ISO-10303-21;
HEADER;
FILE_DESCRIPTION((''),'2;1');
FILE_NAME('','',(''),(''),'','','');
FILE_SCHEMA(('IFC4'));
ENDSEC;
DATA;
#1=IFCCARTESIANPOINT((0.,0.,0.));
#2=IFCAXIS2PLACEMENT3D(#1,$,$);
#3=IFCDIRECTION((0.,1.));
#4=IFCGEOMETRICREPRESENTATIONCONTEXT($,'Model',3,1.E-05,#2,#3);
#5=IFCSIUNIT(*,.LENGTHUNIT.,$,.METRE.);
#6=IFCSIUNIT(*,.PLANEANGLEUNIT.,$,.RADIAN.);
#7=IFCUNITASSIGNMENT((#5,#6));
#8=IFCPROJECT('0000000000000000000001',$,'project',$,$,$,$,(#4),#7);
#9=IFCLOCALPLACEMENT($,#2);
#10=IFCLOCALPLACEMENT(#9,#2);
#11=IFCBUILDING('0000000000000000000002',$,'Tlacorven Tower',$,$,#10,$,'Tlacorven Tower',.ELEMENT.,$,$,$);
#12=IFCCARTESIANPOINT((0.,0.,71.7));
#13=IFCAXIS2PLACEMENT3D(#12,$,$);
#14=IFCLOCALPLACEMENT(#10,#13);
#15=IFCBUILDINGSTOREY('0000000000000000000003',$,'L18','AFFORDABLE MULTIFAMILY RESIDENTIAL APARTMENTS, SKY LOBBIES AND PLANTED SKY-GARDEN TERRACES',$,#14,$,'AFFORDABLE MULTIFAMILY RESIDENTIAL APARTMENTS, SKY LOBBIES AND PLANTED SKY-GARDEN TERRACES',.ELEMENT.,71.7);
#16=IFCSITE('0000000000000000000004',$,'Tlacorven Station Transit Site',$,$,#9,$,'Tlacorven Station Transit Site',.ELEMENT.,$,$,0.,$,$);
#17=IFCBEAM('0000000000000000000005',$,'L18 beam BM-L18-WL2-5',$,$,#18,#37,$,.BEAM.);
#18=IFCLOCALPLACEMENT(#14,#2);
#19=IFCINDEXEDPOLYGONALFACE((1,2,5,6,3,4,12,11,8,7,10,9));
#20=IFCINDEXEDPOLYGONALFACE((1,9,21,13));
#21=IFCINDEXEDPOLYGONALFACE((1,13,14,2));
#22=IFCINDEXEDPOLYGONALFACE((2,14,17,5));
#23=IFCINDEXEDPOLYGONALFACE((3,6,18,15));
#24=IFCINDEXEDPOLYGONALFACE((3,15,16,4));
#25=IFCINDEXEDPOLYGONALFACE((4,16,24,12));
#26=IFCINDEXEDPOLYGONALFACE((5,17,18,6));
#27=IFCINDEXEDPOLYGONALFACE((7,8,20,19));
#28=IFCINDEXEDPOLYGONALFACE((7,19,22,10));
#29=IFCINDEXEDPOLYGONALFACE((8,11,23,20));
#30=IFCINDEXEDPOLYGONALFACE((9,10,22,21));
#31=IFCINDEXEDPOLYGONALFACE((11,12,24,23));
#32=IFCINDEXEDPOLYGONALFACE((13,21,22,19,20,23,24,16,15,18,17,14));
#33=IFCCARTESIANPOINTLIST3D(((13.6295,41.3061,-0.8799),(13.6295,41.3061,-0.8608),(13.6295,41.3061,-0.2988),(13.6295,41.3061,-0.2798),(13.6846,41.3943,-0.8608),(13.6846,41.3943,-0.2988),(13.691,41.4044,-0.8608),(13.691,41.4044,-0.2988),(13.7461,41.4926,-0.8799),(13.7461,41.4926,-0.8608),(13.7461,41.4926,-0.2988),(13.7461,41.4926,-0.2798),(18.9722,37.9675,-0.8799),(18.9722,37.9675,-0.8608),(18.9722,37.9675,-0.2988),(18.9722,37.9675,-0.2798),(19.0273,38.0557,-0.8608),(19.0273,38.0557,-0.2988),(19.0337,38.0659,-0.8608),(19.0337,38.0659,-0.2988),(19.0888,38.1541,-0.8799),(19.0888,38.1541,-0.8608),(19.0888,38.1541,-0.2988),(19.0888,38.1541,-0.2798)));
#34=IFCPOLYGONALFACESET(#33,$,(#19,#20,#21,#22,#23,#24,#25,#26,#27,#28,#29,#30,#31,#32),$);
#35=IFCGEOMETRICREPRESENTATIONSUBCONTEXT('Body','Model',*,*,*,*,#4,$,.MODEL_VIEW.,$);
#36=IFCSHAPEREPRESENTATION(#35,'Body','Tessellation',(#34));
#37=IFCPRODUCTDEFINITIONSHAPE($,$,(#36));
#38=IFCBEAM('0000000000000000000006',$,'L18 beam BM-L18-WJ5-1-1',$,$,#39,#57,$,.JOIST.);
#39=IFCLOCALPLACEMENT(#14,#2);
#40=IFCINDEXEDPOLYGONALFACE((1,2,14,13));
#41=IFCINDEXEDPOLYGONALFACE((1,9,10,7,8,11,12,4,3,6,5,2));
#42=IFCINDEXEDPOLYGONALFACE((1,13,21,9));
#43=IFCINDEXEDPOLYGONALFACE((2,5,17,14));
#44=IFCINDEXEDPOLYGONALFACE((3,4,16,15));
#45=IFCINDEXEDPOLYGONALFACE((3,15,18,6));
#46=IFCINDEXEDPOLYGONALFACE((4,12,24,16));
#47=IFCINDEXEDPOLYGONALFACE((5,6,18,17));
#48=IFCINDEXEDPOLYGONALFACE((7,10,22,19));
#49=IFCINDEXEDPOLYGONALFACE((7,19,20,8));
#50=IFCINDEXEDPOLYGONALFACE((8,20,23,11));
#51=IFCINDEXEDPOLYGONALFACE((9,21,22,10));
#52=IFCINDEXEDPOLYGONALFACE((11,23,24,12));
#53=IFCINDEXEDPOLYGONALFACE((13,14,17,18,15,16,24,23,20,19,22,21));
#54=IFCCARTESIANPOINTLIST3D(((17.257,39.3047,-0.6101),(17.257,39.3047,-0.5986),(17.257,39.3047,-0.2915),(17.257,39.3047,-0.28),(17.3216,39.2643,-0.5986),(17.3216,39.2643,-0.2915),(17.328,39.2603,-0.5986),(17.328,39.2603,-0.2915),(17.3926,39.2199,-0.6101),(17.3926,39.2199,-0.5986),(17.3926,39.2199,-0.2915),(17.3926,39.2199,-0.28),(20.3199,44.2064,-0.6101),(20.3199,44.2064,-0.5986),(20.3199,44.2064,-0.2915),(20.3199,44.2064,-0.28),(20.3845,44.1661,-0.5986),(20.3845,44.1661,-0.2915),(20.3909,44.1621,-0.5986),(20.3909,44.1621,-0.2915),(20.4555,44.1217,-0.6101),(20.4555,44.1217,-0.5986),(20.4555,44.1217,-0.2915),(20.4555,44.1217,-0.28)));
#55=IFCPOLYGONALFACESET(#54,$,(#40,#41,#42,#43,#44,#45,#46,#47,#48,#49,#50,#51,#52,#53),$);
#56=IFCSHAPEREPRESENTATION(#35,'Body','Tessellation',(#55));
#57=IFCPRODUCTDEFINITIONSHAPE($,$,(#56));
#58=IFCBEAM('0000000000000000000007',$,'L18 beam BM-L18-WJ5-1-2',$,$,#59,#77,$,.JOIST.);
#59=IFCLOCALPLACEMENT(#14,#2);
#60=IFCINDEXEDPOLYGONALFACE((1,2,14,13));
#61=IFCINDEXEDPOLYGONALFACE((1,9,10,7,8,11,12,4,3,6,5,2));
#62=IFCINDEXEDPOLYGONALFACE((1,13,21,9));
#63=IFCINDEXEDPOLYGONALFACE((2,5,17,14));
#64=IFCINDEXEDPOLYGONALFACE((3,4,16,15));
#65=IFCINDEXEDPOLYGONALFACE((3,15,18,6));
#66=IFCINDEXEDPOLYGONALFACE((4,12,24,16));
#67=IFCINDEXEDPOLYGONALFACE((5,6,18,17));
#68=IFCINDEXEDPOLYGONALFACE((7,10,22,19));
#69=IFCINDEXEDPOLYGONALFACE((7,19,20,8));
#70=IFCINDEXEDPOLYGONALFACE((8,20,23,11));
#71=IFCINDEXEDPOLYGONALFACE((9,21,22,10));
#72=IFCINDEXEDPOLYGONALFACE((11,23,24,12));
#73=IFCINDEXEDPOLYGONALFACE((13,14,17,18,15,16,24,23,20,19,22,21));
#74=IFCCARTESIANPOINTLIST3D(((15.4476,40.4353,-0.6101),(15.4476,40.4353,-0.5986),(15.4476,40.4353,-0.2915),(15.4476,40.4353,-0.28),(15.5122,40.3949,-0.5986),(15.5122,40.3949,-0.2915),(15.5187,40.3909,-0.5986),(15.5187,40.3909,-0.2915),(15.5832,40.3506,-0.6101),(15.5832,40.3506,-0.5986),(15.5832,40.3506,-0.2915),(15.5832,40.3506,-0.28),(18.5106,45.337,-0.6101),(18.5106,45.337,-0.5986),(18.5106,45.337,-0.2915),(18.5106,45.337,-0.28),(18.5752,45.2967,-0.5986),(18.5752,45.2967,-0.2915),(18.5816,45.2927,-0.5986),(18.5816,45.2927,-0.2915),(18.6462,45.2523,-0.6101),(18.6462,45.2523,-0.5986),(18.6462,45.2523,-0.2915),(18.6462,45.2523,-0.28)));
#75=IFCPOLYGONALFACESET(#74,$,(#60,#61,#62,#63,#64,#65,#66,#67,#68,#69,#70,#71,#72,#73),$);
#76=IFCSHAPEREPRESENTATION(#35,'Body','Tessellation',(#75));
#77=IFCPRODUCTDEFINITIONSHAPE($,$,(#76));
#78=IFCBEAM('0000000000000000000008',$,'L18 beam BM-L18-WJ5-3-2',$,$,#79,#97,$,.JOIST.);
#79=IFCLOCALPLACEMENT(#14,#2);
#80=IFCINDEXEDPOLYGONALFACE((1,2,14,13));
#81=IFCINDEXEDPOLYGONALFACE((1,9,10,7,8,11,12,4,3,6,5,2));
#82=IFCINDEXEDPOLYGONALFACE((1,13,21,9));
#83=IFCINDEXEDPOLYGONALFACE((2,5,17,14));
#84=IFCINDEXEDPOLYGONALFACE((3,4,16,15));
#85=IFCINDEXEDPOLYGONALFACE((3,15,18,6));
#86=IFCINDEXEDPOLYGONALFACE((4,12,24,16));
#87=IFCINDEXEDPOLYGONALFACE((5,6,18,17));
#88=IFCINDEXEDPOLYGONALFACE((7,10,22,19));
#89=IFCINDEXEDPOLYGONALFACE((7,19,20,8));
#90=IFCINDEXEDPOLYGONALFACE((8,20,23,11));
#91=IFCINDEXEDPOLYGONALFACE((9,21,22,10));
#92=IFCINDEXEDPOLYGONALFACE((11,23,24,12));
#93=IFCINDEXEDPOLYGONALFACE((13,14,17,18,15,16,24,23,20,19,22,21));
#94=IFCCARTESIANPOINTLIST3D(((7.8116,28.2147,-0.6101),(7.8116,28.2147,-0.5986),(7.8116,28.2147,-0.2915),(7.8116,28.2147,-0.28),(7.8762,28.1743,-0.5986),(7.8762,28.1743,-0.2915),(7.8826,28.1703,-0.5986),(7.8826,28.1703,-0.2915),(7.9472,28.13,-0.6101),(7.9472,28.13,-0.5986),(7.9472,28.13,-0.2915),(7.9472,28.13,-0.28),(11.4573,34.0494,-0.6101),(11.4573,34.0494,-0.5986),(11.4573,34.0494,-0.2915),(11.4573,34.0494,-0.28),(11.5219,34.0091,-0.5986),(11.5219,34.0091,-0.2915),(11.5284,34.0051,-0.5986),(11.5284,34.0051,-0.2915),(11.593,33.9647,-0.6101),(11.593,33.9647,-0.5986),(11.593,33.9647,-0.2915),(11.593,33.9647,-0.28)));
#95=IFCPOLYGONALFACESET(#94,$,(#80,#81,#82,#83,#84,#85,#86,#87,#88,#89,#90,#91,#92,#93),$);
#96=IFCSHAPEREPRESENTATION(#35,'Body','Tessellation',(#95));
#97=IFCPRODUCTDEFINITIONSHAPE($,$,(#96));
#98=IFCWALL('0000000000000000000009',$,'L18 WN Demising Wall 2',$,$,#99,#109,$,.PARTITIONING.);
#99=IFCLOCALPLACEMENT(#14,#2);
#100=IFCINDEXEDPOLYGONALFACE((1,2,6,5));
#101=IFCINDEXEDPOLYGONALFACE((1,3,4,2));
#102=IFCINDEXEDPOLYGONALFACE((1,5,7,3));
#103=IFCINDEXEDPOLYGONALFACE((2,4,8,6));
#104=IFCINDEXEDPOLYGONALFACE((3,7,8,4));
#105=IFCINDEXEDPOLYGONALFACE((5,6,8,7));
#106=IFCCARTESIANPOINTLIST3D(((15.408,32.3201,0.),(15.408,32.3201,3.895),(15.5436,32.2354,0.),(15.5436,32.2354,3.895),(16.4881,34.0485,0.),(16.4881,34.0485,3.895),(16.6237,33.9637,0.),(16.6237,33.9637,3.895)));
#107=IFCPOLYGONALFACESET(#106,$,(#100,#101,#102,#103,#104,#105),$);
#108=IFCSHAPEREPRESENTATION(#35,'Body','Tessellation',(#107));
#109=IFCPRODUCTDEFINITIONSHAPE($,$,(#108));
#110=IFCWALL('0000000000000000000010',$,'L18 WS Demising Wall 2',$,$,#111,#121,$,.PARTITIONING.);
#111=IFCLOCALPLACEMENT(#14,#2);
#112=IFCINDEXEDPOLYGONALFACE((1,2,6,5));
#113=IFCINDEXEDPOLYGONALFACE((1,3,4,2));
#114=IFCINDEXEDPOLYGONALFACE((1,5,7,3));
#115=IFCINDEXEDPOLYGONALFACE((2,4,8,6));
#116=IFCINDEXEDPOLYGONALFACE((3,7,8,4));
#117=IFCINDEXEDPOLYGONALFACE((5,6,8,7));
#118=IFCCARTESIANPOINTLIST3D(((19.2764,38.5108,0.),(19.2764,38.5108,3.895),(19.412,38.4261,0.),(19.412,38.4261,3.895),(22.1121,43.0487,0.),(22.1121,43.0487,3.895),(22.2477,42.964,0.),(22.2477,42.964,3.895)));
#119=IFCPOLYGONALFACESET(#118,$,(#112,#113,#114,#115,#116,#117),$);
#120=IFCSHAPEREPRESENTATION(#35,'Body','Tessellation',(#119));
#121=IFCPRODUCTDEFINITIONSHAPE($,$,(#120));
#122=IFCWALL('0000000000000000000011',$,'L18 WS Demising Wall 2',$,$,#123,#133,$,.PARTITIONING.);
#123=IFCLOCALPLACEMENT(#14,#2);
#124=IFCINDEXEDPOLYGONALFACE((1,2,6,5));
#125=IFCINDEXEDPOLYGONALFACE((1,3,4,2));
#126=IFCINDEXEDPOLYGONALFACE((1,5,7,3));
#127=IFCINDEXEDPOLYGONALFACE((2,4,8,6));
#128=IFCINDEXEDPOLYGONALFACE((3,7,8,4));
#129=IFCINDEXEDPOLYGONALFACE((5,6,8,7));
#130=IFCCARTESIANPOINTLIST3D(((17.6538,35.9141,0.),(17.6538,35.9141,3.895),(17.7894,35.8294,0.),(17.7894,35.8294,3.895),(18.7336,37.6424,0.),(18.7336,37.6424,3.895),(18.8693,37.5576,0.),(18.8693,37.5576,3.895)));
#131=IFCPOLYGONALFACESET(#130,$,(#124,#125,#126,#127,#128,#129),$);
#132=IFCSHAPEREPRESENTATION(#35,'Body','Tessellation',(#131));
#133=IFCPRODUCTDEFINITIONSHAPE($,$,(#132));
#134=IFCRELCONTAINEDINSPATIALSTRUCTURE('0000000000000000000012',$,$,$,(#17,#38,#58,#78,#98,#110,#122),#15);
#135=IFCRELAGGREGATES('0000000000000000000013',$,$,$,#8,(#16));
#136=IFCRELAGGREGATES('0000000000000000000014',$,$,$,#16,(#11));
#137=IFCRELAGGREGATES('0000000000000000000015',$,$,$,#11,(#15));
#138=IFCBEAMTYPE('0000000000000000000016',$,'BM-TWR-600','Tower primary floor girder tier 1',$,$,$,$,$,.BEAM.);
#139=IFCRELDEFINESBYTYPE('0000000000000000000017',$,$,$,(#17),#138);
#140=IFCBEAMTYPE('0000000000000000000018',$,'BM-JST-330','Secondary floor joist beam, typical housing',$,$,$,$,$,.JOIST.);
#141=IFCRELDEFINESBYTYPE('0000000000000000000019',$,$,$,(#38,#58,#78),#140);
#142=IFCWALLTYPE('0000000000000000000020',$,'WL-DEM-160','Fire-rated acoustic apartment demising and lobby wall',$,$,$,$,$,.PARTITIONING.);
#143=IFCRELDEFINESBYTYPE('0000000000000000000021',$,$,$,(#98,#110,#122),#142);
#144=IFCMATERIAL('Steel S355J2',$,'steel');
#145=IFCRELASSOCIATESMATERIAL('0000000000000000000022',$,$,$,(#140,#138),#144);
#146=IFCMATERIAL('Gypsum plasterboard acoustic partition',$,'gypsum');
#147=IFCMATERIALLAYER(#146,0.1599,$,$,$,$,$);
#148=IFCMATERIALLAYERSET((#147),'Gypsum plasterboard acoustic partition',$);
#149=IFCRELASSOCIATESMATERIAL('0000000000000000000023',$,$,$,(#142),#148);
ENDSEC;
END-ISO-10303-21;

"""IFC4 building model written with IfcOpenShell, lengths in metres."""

from ifc_helpers import new_model, si_unit, direction, frame, frame_2d, origin, origin_2d, place, context, subcontext, project, spatial, rectangle, i_section, extrude, source, transform, mapped, material, layer, layer_set, material_profile, profile_set, type_object, element, save


model = new_model("IFC4")

# Units and contexts
model_context = context("Model", 3, precision=1e-05, world=origin(), true_north=direction((0.0, 1.0)))
body_context = subcontext(model_context, "Body", "Model", "MODEL_VIEW")
ifc_project = project(units=[si_unit("LENGTHUNIT", "METRE"), si_unit("PLANEANGLEUNIT", "RADIAN")], contexts=[model_context])

# Site, building, storey
site_placement = place(None, origin())
site = spatial("IfcSite", under=ifc_project, at=site_placement, Name="Tlacorven Station Transit Site", LongName="Tlacorven Station Transit Site", CompositionType="ELEMENT", RefElevation=0.0)
building_placement = place(site_placement, origin())
building = spatial("IfcBuilding", under=site, at=building_placement, Name="Tlacorven Tower", LongName="Tlacorven Tower", CompositionType="ELEMENT")
storey_placement = place(building_placement, frame((0.0, 0.0, 71.7)))
storey = spatial("IfcBuildingStorey", under=building, at=storey_placement, Name="L18", Description="AFFORDABLE MULTIFAMILY RESIDENTIAL APARTMENTS, SKY LOBBIES AND PLANTED SKY-GARDEN TERRACES", LongName="AFFORDABLE MULTIFAMILY RESIDENTIAL APARTMENTS, SKY LOBBIES AND PLANTED SKY-GARDEN TERRACES", CompositionType="ELEMENT", Elevation=71.7)

# Beams
ifc_material_1 = material(Name="Steel S355J2", Category="steel")
ifc_material_profile_1 = material_profile(ifc_material_1, i_section(OverallWidth=0.1599, OverallDepth=0.3301, WebThickness=0.0076, FlangeThickness=0.0115, at=origin_2d()), Name="IPE 330")
ifc_profile_set_1 = profile_set([ifc_material_profile_1], Name="Steel S355J2")
beam_type_1 = type_object("IfcBeamType", Name="BM-JST-330", Description="Secondary floor joist beam, typical housing", PredefinedType="JOIST", material=ifc_profile_set_1)
ifc_material_profile_2 = material_profile(ifc_material_1, i_section(OverallWidth=0.22, OverallDepth=0.6001, WebThickness=0.012, FlangeThickness=0.019, at=origin_2d()), Name="IPE 600")
ifc_profile_set_2 = profile_set([ifc_material_profile_2], Name="Steel S355J2")
beam_type_2 = type_object("IfcBeamType", Name="BM-TWR-600", Description="Tower primary floor girder tier 1", PredefinedType="BEAM", material=ifc_profile_set_2)
shared_shape_1 = source(origin(), body_context, "Body", "SweptSolid", [
    extrude(i_section(OverallWidth=0.22, OverallDepth=0.6001, WebThickness=0.012, FlangeThickness=0.019, at=origin_2d()), origin(), (0.0, 0.0, 1.0), 6.3),
])
beam_1_placement = place(storey_placement, frame((19.0305, 38.0608, -0.5798), z_axis=(-0.848042, 0.529929, 0.0), x_axis=(-0.529929, -0.848042, 0.0)))
element("IfcBeam", 1, at=beam_1_placement, inside=storey, type_object=beam_type_2, Name="L18 beam BM-L18-WL2-5", PredefinedType="BEAM", context=body_context, shape_type="MappedRepresentation", body=[
    mapped(shared_shape_1, transform((0.0, 0.0, 0.0), scale=1.0)),
])
shared_shape_2 = source(origin(), body_context, "Body", "SweptSolid", [
    extrude(i_section(OverallWidth=0.1599, OverallDepth=0.3301, WebThickness=0.0076, FlangeThickness=0.0115, at=origin_2d()), origin(), (0.0, 0.0, 1.0), 5.78),
])
for number, where, z_axis, x_axis, name in (
    (2, (20.3877, 44.1641, -0.4451), (-0.529915, -0.848051, 0.0), (0.848051, -0.529915, 0.0), "L18 beam BM-L18-WJ5-1-1"),
    (3, (18.5784, 45.2947, -0.4451), (-0.529915, -0.848051, 0.0), (0.848051, -0.529915, 0.0), "L18 beam BM-L18-WJ5-1-2"),
):
    element("IfcBeam", number, at=place(storey_placement, frame(where, z_axis=z_axis, x_axis=x_axis)), inside=storey, type_object=beam_type_1, Name=name, PredefinedType="JOIST", context=body_context, shape_type="MappedRepresentation", body=[
        mapped(shared_shape_2, transform((0.0, 0.0, 0.0), scale=1.0)),
    ])
shared_shape_3 = source(origin(), body_context, "Body", "SweptSolid", [
    extrude(i_section(OverallWidth=0.1599, OverallDepth=0.3301, WebThickness=0.0076, FlangeThickness=0.0115, at=origin_2d()), origin(), (0.0, 0.0, 1.0), 6.8801),
])
beam_2_placement = place(storey_placement, frame((11.5251, 34.0071, -0.4451), z_axis=(-0.5299, -0.84806, 0.0), x_axis=(0.84806, -0.5299, 0.0)))
element("IfcBeam", 4, at=beam_2_placement, inside=storey, type_object=beam_type_1, Name="L18 beam BM-L18-WJ5-3-2", PredefinedType="JOIST", context=body_context, shape_type="MappedRepresentation", body=[
    mapped(shared_shape_3, transform((0.0, 0.0, 0.0), scale=1.0)),
])

# Walls
ifc_material_2 = material(Name="Gypsum plasterboard acoustic partition", Category="gypsum")
ifc_layer_1 = layer(ifc_material_2, 0.1599)
ifc_layer_set_1 = layer_set([ifc_layer_1], Name="Gypsum plasterboard acoustic partition")
wall_type_1 = type_object("IfcWallType", Name="WL-DEM-160", Description="Fire-rated acoustic apartment demising and lobby wall", PredefinedType="PARTITIONING", material=ifc_layer_set_1)
wall_1_placement = place(storey_placement, frame((16.5559, 34.0061, 0.0), z_axis=(0.0, 0.0, 1.0), x_axis=(-0.529967, -0.848018, 0.0)))
element("IfcWall", 5, at=wall_1_placement, inside=storey, type_object=wall_type_1, Name="L18 WN Demising Wall 2", PredefinedType="PARTITIONING", context=body_context, shape_type="SweptSolid", body=[
    extrude(rectangle(XDim=2.0381, YDim=0.1599, at=frame_2d((1.019, 0.0))), origin(), (0.0, 0.0, 1.0), 3.895),
])
wall_2_placement = place(storey_placement, frame((22.1799, 43.0063, 0.0), z_axis=(0.0, 0.0, 1.0), x_axis=(-0.529937, -0.848037, 0.0)))
element("IfcWall", 6, at=wall_2_placement, inside=storey, type_object=wall_type_1, Name="L18 WS Demising Wall 2", PredefinedType="PARTITIONING", context=body_context, shape_type="SweptSolid", body=[
    extrude(rectangle(XDim=5.3511, YDim=0.1599, at=frame_2d((2.6755, 0.0))), origin(), (0.0, 0.0, 1.0), 3.895),
])
wall_3_placement = place(storey_placement, frame((18.8015, 37.6001, 0.0), z_axis=(0.0, 0.0, 1.0), x_axis=(-0.52988, -0.848072, 0.0)))
element("IfcWall", 7, at=wall_3_placement, inside=storey, type_object=wall_type_1, Name="L18 WS Demising Wall 2", PredefinedType="PARTITIONING", context=body_context, shape_type="SweptSolid", body=[
    extrude(rectangle(XDim=2.0378, YDim=0.1599, at=frame_2d((1.019, 0.0))), origin(), (0.0, 0.0, 1.0), 3.895),
])

save(model, "model.ifc")
